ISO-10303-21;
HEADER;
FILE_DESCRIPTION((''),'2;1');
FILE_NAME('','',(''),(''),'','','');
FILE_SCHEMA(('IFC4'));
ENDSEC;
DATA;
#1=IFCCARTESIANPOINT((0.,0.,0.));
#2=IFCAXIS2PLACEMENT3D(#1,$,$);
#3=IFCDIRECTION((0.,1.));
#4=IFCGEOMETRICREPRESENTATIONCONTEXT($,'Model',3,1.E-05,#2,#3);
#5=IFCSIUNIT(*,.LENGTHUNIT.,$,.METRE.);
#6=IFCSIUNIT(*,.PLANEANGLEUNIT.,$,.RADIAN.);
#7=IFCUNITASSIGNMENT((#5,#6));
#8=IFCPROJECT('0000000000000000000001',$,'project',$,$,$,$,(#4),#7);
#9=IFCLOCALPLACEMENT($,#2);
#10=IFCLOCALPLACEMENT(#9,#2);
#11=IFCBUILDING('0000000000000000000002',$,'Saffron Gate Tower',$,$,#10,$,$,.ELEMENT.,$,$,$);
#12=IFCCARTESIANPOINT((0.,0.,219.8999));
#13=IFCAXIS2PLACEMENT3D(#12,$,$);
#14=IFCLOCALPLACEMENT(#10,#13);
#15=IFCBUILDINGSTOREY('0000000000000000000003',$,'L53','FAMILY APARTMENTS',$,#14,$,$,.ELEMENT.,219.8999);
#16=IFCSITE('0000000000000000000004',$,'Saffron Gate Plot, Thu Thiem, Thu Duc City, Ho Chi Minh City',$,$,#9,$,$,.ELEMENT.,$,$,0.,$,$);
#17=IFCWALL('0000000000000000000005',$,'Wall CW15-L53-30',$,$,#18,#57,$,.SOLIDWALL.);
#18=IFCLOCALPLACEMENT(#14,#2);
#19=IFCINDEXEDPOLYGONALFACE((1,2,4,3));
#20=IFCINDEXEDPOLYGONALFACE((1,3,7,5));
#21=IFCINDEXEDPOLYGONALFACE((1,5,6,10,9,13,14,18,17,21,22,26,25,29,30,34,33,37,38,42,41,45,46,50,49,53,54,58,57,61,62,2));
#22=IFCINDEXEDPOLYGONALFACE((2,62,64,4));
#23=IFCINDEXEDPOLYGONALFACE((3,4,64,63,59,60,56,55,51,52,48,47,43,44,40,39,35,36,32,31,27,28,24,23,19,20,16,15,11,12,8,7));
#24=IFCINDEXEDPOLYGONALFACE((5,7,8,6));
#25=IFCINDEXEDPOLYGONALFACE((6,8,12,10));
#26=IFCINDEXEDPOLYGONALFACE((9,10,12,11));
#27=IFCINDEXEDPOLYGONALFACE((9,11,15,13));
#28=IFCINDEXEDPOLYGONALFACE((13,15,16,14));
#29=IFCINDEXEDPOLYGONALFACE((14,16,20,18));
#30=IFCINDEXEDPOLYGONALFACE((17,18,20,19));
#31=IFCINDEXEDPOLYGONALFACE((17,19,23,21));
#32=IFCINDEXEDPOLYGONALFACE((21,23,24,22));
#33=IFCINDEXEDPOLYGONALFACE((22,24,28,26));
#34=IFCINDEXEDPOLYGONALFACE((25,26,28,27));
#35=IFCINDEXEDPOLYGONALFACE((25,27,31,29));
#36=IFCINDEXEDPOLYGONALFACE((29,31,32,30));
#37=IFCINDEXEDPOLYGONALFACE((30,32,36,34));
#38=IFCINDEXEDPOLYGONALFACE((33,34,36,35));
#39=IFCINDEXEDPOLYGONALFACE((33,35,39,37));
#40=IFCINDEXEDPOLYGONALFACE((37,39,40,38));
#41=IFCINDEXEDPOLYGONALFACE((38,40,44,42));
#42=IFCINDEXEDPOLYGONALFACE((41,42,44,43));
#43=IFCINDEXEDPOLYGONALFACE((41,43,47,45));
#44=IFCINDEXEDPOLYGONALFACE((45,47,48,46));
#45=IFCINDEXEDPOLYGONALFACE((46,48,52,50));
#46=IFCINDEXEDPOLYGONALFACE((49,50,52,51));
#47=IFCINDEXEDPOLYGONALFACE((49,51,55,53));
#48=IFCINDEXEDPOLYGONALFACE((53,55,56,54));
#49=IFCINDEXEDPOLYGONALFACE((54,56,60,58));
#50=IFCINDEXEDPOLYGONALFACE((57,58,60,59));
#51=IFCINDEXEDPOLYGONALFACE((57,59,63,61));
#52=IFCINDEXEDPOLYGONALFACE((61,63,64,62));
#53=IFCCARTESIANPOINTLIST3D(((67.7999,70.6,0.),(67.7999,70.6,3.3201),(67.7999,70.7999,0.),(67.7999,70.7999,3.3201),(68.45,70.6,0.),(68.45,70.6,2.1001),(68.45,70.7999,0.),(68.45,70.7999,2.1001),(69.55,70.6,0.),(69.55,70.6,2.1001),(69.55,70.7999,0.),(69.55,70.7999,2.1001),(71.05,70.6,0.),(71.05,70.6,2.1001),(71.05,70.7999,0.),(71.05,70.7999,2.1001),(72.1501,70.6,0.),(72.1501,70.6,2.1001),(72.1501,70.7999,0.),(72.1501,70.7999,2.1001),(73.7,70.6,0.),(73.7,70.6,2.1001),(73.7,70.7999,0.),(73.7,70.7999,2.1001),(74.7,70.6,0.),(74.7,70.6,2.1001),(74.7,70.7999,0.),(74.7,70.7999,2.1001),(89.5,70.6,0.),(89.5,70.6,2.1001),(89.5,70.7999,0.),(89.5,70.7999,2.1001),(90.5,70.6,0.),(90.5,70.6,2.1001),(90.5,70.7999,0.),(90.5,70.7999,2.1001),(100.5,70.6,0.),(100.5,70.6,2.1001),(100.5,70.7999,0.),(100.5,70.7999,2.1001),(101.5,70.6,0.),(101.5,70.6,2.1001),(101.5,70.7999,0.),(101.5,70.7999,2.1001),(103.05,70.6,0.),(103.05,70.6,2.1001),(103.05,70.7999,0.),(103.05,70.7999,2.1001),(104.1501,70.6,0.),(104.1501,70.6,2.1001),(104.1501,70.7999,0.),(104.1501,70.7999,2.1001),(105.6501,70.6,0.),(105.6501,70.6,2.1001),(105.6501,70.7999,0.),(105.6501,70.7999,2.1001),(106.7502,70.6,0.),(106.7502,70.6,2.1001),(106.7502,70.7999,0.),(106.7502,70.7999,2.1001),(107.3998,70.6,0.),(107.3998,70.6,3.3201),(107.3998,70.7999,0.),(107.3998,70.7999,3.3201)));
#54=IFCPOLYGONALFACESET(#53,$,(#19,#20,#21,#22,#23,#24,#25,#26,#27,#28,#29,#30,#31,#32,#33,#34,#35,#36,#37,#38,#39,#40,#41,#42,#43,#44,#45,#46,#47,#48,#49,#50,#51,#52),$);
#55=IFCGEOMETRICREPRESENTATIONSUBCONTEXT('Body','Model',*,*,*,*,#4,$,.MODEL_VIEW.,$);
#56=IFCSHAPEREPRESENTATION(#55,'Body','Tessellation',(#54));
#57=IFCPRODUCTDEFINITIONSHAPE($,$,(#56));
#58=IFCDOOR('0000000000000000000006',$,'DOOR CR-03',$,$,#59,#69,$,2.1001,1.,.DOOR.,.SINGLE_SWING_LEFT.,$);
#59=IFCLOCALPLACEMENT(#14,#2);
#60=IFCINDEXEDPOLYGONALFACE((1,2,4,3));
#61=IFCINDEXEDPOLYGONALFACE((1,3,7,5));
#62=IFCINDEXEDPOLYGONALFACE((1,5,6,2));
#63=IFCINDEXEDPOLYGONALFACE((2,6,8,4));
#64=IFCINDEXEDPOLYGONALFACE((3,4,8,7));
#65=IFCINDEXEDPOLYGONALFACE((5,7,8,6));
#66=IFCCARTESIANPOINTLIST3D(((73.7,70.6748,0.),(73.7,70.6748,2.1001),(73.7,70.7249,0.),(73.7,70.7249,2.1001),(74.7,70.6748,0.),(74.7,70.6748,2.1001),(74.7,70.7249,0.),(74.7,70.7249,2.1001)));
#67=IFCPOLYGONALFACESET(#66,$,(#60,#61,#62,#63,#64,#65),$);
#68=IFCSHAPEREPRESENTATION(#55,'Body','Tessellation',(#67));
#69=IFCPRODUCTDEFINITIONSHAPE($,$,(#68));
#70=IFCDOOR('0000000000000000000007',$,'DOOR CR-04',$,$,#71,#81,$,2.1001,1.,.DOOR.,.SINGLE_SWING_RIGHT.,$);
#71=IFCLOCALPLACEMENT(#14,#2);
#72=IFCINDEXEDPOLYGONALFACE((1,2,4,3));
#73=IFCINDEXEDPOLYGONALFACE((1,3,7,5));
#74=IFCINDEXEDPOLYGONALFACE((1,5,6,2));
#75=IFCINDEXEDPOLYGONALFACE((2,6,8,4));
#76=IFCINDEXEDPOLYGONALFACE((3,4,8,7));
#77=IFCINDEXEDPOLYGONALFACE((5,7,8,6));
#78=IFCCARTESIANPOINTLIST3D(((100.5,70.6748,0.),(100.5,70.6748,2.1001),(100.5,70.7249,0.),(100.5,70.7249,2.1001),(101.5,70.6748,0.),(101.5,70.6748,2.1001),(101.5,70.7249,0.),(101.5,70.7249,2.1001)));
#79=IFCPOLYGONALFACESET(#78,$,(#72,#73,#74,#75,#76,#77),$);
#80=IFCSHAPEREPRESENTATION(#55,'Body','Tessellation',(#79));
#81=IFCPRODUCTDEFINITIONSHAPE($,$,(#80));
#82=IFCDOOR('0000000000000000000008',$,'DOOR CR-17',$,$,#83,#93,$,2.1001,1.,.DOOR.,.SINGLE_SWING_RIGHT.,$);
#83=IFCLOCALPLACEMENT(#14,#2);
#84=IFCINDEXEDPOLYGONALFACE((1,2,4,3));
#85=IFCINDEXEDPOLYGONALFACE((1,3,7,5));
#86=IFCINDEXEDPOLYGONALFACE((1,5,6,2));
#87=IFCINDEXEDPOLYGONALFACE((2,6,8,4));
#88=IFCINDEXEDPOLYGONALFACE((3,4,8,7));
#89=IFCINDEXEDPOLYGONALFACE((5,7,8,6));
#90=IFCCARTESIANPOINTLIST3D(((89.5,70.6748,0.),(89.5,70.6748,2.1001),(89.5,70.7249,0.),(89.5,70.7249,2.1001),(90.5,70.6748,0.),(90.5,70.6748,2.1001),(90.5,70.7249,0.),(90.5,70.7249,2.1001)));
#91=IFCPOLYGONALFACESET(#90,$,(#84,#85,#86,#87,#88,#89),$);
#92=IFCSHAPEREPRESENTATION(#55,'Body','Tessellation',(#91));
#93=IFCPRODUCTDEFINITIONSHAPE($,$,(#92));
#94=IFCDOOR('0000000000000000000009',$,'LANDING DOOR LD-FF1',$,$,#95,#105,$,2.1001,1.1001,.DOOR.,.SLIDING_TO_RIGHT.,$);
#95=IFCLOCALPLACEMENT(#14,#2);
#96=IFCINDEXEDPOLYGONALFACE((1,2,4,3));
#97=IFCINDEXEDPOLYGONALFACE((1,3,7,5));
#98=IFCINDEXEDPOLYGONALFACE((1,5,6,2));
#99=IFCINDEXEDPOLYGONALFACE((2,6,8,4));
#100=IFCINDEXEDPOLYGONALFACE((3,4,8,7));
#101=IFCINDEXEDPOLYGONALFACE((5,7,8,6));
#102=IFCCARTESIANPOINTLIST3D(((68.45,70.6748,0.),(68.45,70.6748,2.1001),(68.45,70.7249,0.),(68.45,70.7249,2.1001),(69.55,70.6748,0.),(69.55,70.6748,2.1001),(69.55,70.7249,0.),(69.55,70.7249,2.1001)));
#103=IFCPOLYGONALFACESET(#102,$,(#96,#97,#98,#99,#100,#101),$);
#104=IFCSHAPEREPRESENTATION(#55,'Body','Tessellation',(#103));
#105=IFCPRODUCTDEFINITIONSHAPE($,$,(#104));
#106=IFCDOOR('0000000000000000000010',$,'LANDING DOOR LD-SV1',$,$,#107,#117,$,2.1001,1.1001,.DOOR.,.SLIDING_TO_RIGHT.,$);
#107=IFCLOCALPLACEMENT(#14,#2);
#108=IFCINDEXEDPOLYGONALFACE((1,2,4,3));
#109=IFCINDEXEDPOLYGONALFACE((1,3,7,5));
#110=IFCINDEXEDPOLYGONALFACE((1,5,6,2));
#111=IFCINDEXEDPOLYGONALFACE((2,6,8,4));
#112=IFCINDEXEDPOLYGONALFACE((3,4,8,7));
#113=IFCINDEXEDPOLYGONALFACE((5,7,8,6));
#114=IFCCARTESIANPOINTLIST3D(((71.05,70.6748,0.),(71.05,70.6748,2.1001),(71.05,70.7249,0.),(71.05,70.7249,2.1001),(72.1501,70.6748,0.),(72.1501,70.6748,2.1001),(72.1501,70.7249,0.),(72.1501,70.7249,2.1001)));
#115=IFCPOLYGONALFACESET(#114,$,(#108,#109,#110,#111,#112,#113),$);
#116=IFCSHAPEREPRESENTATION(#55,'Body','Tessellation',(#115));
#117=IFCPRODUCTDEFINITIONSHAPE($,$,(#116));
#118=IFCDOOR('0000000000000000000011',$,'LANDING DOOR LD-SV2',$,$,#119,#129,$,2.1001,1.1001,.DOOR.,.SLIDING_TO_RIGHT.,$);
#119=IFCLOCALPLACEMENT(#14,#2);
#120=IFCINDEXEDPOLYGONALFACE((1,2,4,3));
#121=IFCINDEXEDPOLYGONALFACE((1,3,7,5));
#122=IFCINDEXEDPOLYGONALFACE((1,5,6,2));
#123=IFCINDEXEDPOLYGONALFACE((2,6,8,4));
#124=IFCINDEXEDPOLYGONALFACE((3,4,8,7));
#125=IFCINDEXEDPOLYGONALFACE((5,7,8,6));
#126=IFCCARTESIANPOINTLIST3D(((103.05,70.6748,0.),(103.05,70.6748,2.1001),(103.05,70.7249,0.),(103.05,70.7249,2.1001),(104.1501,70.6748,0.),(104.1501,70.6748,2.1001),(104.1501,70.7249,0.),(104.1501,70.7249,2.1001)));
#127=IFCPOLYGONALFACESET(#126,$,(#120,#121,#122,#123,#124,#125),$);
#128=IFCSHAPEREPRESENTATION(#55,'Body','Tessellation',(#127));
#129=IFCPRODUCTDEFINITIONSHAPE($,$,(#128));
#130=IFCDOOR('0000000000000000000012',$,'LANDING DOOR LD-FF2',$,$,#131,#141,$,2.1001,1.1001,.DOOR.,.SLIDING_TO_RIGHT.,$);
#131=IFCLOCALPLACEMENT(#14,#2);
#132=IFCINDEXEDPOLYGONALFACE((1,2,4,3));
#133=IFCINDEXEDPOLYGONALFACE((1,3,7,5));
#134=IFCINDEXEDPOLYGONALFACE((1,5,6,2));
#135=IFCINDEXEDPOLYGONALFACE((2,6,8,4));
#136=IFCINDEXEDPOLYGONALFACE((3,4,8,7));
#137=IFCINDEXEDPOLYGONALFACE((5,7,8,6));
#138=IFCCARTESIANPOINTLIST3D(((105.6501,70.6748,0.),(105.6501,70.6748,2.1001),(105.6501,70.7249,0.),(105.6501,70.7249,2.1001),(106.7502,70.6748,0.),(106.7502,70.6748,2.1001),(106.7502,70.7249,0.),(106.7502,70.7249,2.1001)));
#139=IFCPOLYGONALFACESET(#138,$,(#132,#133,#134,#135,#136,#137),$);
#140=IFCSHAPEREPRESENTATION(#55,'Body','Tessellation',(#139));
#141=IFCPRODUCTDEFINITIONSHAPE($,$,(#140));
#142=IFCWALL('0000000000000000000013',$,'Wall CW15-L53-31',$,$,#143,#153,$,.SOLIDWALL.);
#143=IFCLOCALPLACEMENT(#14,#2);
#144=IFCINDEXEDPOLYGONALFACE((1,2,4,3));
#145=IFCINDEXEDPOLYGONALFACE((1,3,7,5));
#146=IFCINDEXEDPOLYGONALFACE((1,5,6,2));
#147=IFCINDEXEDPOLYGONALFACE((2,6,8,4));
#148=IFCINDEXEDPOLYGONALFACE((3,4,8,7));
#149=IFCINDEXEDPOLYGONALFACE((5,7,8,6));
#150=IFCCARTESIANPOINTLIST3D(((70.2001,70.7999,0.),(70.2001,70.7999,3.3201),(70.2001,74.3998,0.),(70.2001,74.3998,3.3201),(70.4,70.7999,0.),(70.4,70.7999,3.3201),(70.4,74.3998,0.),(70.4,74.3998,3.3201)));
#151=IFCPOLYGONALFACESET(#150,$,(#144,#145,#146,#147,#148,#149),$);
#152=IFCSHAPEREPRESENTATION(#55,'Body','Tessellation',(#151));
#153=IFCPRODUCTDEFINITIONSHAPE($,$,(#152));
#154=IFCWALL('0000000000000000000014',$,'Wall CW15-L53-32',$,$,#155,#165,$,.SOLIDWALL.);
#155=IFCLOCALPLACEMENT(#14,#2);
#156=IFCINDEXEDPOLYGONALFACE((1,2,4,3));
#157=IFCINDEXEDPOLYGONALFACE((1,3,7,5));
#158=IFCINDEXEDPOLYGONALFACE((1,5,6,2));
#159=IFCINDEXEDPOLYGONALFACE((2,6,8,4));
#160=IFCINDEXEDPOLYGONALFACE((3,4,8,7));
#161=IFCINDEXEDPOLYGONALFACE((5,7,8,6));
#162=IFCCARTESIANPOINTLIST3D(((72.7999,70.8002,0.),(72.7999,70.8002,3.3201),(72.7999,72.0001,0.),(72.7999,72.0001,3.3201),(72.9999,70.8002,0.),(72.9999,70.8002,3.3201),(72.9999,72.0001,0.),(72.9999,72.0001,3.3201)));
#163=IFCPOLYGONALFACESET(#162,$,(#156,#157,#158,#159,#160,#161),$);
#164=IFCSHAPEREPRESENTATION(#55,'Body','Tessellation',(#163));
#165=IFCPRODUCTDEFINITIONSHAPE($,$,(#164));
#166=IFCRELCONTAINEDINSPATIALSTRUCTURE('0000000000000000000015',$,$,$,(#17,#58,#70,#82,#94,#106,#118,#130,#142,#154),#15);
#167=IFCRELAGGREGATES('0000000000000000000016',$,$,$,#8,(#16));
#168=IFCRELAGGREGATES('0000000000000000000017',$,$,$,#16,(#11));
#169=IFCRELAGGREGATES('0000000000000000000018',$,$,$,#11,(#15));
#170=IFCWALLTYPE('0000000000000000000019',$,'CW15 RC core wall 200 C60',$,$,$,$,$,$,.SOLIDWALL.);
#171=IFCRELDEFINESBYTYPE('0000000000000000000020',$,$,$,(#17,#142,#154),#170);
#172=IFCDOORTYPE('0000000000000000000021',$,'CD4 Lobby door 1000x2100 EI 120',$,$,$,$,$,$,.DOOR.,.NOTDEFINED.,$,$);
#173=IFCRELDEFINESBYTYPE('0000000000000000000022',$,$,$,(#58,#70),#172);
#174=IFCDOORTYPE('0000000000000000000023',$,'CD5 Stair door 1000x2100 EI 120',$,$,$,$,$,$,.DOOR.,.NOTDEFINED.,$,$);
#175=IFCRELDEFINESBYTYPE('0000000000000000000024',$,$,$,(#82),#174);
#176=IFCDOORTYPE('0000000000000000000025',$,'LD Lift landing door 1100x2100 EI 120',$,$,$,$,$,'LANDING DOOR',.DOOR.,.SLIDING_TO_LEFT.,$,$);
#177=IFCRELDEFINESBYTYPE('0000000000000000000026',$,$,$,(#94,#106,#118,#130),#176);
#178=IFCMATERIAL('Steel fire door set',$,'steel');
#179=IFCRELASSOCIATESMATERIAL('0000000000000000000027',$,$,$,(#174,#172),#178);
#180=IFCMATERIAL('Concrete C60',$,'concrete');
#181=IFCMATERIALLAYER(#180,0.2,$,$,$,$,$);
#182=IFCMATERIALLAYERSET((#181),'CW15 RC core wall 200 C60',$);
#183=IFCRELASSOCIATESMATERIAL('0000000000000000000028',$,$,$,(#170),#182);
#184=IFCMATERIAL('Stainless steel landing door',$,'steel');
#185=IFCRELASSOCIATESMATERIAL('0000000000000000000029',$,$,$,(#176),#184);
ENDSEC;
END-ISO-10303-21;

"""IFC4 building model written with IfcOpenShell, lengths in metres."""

from ifc_helpers import new_model, si_unit, direction, frame, frame_2d, origin, place, context, subcontext, project, spatial, rectangle, extrude, material, layer, layer_set, type_object, element, fill, save


model = new_model("IFC4")

# Units and contexts
model_context = context("Model", 3, precision=1e-05, world=origin(), true_north=direction((0.0, 1.0)))
body_context = subcontext(model_context, "Body", "Model", "MODEL_VIEW")
ifc_project = project(units=[si_unit("LENGTHUNIT", "METRE"), si_unit("PLANEANGLEUNIT", "RADIAN")], contexts=[model_context])

# Site, building, storey
site_placement = place(None, origin())
site = spatial("IfcSite", under=ifc_project, at=site_placement, Name="Saffron Gate Plot, Thu Thiem, Thu Duc City, Ho Chi Minh City", CompositionType="ELEMENT", RefElevation=0.0)
building_placement = place(site_placement, origin())
building = spatial("IfcBuilding", under=site, at=building_placement, Name="Saffron Gate Tower", CompositionType="ELEMENT")
storey_placement = place(building_placement, frame((0.0, 0.0, 219.8999)))
storey = spatial("IfcBuildingStorey", under=building, at=storey_placement, Name="L53", Description="FAMILY APARTMENTS", CompositionType="ELEMENT", Elevation=219.8999)

# Wall, openings, doors
ifc_material_1 = material(Name="Concrete C60", Category="concrete")
ifc_material_2 = material(Name="Steel fire door set", Category="steel")
door_type_1 = type_object("IfcDoorType", Name="CD5 Stair door 1000x2100 EI 120", OperationType="NOTDEFINED", PredefinedType="DOOR", material=ifc_material_2)
ifc_layer_1 = layer(ifc_material_1, 0.2)
ifc_layer_set_1 = layer_set([ifc_layer_1], Name="CW15 RC core wall 200 C60")
wall_type_1 = type_object("IfcWallType", Name="CW15 RC core wall 200 C60", PredefinedType="SOLIDWALL", material=ifc_layer_set_1)
wall_1_placement = place(storey_placement, frame((67.8, 70.7, 0.0), z_axis=(0.0, 0.0, 1.0), x_axis=(1.0, 0.0, 0.0)))
wall_1 = element("IfcWall", 1, at=wall_1_placement, inside=storey, type_object=wall_type_1, Name="Wall CW15-L53-30", PredefinedType="SOLIDWALL", context=body_context, shape_type="SweptSolid", body=[
    extrude(rectangle(XDim=39.5999, YDim=0.2, at=frame_2d((19.7998, 0.0))), origin(), (0.0, 0.0, 1.0), 3.3201),
])
opening_1_placement = place(wall_1_placement, frame((0.6499, 0.0, 0.0)))
opening_1 = element("IfcOpeningElement", 2, at=opening_1_placement, cuts=wall_1, PredefinedType="OPENING", context=body_context, shape_type="SweptSolid", body=[
    extrude(rectangle(XDim=1.1001, YDim=2.1001, at=frame_2d((0.55, 1.05))), frame((0.0, 0.1099, 0.0), z_axis=(0.0, -1.0, 0.0), x_axis=(1.0, 0.0, 0.0)), (0.0, 0.0, 1.0), 0.22),
])
opening_2_placement = place(wall_1_placement, frame((3.25, 0.0, 0.0)))
opening_2 = element("IfcOpeningElement", 3, at=opening_2_placement, cuts=wall_1, PredefinedType="OPENING", context=body_context, shape_type="SweptSolid", body=[
    extrude(rectangle(XDim=1.1001, YDim=2.1001, at=frame_2d((0.55, 1.05))), frame((0.0, 0.1099, 0.0), z_axis=(0.0, -1.0, 0.0), x_axis=(1.0, 0.0, 0.0)), (0.0, 0.0, 1.0), 0.22),
])
opening_3_placement = place(wall_1_placement, frame((5.8999, 0.0, 0.0)))
opening_3 = element("IfcOpeningElement", 4, at=opening_3_placement, cuts=wall_1, PredefinedType="OPENING", context=body_context, shape_type="SweptSolid", body=[
    extrude(rectangle(XDim=1.0, YDim=2.1001, at=frame_2d((0.5, 1.05))), frame((0.0, 0.1099, 0.0), z_axis=(0.0, -1.0, 0.0), x_axis=(1.0, 0.0, 0.0)), (0.0, 0.0, 1.0), 0.22),
])
opening_4_placement = place(wall_1_placement, frame((21.7, 0.0, 0.0)))
opening_4 = element("IfcOpeningElement", 5, at=opening_4_placement, cuts=wall_1, PredefinedType="OPENING", context=body_context, shape_type="SweptSolid", body=[
    extrude(rectangle(XDim=1.0, YDim=2.1001, at=frame_2d((0.5, 1.05))), frame((0.0, 0.1099, 0.0), z_axis=(0.0, -1.0, 0.0), x_axis=(1.0, 0.0, 0.0)), (0.0, 0.0, 1.0), 0.22),
])
opening_5_placement = place(wall_1_placement, frame((32.7, 0.0, 0.0)))
opening_5 = element("IfcOpeningElement", 6, at=opening_5_placement, cuts=wall_1, PredefinedType="OPENING", context=body_context, shape_type="SweptSolid", body=[
    extrude(rectangle(XDim=1.0, YDim=2.1001, at=frame_2d((0.5, 1.05))), frame((0.0, 0.1099, 0.0), z_axis=(0.0, -1.0, 0.0), x_axis=(1.0, 0.0, 0.0)), (0.0, 0.0, 1.0), 0.22),
])
opening_6_placement = place(wall_1_placement, frame((35.25, 0.0, 0.0)))
opening_6 = element("IfcOpeningElement", 7, at=opening_6_placement, cuts=wall_1, PredefinedType="OPENING", context=body_context, shape_type="SweptSolid", body=[
    extrude(rectangle(XDim=1.1001, YDim=2.1001, at=frame_2d((0.55, 1.05))), frame((0.0, 0.1099, 0.0), z_axis=(0.0, -1.0, 0.0), x_axis=(1.0, 0.0, 0.0)), (0.0, 0.0, 1.0), 0.22),
])
opening_7_placement = place(wall_1_placement, frame((37.8501, 0.0, 0.0)))
opening_7 = element("IfcOpeningElement", 8, at=opening_7_placement, cuts=wall_1, PredefinedType="OPENING", context=body_context, shape_type="SweptSolid", body=[
    extrude(rectangle(XDim=1.1001, YDim=2.1001, at=frame_2d((0.55, 1.05))), frame((0.0, 0.1099, 0.0), z_axis=(0.0, -1.0, 0.0), x_axis=(1.0, 0.0, 0.0)), (0.0, 0.0, 1.0), 0.22),
])
door_type_2 = type_object("IfcDoorType", Name="CD4 Lobby door 1000x2100 EI 120", OperationType="NOTDEFINED", PredefinedType="DOOR", material=ifc_material_2)
door_1_placement = place(opening_3_placement, origin())
door_1 = element("IfcDoor", 9, at=door_1_placement, inside=storey, type_object=door_type_2, Name="DOOR CR-03", OperationType="SINGLE_SWING_LEFT", OverallHeight=2.1001, OverallWidth=1.0, PredefinedType="DOOR", context=body_context, shape_type="SweptSolid", body=[
    extrude(rectangle(XDim=1.0, YDim=2.1001, at=frame_2d((0.5, 1.05))), frame((0.0, 0.0249, 0.0), z_axis=(0.0, -1.0, 0.0), x_axis=(1.0, 0.0, 0.0)), (0.0, 0.0, 1.0), 0.05),
])
fill(opening_3, door_1)
door_2_placement = place(opening_5_placement, origin())
door_2 = element("IfcDoor", 10, at=door_2_placement, inside=storey, type_object=door_type_2, Name="DOOR CR-04", OperationType="SINGLE_SWING_RIGHT", OverallHeight=2.1001, OverallWidth=1.0, PredefinedType="DOOR", context=body_context, shape_type="SweptSolid", body=[
    extrude(rectangle(XDim=1.0, YDim=2.1001, at=frame_2d((0.5, 1.05))), frame((0.0, 0.0249, 0.0), z_axis=(0.0, -1.0, 0.0), x_axis=(1.0, 0.0, 0.0)), (0.0, 0.0, 1.0), 0.05),
])
fill(opening_5, door_2)
door_3_placement = place(opening_4_placement, origin())
door_3 = element("IfcDoor", 11, at=door_3_placement, inside=storey, type_object=door_type_1, Name="DOOR CR-17", OperationType="SINGLE_SWING_RIGHT", OverallHeight=2.1001, OverallWidth=1.0, PredefinedType="DOOR", context=body_context, shape_type="SweptSolid", body=[
    extrude(rectangle(XDim=1.0, YDim=2.1001, at=frame_2d((0.5, 1.05))), frame((0.0, 0.0249, 0.0), z_axis=(0.0, -1.0, 0.0), x_axis=(1.0, 0.0, 0.0)), (0.0, 0.0, 1.0), 0.05),
])
fill(opening_4, door_3)
ifc_material_3 = material(Name="Stainless steel landing door", Category="steel")
door_type_3 = type_object("IfcDoorType", Name="LD Lift landing door 1100x2100 EI 120", ElementType="LANDING DOOR", OperationType="SLIDING_TO_LEFT", PredefinedType="DOOR", material=ifc_material_3)
door_4_placement = place(opening_1_placement, origin())
door_4 = element("IfcDoor", 12, at=door_4_placement, inside=storey, type_object=door_type_3, Name="LANDING DOOR LD-FF1", OperationType="SLIDING_TO_RIGHT", OverallHeight=2.1001, OverallWidth=1.1001, PredefinedType="DOOR", context=body_context, shape_type="SweptSolid", body=[
    extrude(rectangle(XDim=1.1001, YDim=2.1001, at=frame_2d((0.55, 1.05))), frame((0.0, 0.0249, 0.0), z_axis=(0.0, -1.0, 0.0), x_axis=(1.0, 0.0, 0.0)), (0.0, 0.0, 1.0), 0.05),
])
fill(opening_1, door_4)
door_5_placement = place(opening_2_placement, origin())
door_5 = element("IfcDoor", 13, at=door_5_placement, inside=storey, type_object=door_type_3, Name="LANDING DOOR LD-SV1", OperationType="SLIDING_TO_RIGHT", OverallHeight=2.1001, OverallWidth=1.1001, PredefinedType="DOOR", context=body_context, shape_type="SweptSolid", body=[
    extrude(rectangle(XDim=1.1001, YDim=2.1001, at=frame_2d((0.55, 1.05))), frame((0.0, 0.0249, 0.0), z_axis=(0.0, -1.0, 0.0), x_axis=(1.0, 0.0, 0.0)), (0.0, 0.0, 1.0), 0.05),
])
fill(opening_2, door_5)
door_6_placement = place(opening_6_placement, origin())
door_6 = element("IfcDoor", 14, at=door_6_placement, inside=storey, type_object=door_type_3, Name="LANDING DOOR LD-SV2", OperationType="SLIDING_TO_RIGHT", OverallHeight=2.1001, OverallWidth=1.1001, PredefinedType="DOOR", context=body_context, shape_type="SweptSolid", body=[
    extrude(rectangle(XDim=1.1001, YDim=2.1001, at=frame_2d((0.55, 1.05))), frame((0.0, 0.0249, 0.0), z_axis=(0.0, -1.0, 0.0), x_axis=(1.0, 0.0, 0.0)), (0.0, 0.0, 1.0), 0.05),
])
fill(opening_6, door_6)
door_7_placement = place(opening_7_placement, origin())
door_7 = element("IfcDoor", 15, at=door_7_placement, inside=storey, type_object=door_type_3, Name="LANDING DOOR LD-FF2", OperationType="SLIDING_TO_RIGHT", OverallHeight=2.1001, OverallWidth=1.1001, PredefinedType="DOOR", context=body_context, shape_type="SweptSolid", body=[
    extrude(rectangle(XDim=1.1001, YDim=2.1001, at=frame_2d((0.55, 1.05))), frame((0.0, 0.0249, 0.0), z_axis=(0.0, -1.0, 0.0), x_axis=(1.0, 0.0, 0.0)), (0.0, 0.0, 1.0), 0.05),
])
fill(opening_7, door_7)

# Walls
wall_2_placement = place(storey_placement, frame((70.3, 70.8, 0.0), z_axis=(0.0, 0.0, 1.0), x_axis=(0.0, 1.0, 0.0)))
element("IfcWall", 16, at=wall_2_placement, inside=storey, type_object=wall_type_1, Name="Wall CW15-L53-31", PredefinedType="SOLIDWALL", context=body_context, shape_type="SweptSolid", body=[
    extrude(rectangle(XDim=3.5999, YDim=0.2, at=frame_2d((1.7998, 0.0))), origin(), (0.0, 0.0, 1.0), 3.3201),
])
wall_3_placement = place(storey_placement, frame((72.8999, 70.8, 0.0), z_axis=(0.0, 0.0, 1.0), x_axis=(0.0, 1.0, 0.0)))
element("IfcWall", 17, at=wall_3_placement, inside=storey, type_object=wall_type_1, Name="Wall CW15-L53-32", PredefinedType="SOLIDWALL", context=body_context, shape_type="SweptSolid", body=[
    extrude(rectangle(XDim=1.2, YDim=0.2, at=frame_2d((0.6001, 0.0))), origin(), (0.0, 0.0, 1.0), 3.3201),
])

save(model, "model.ifc")
